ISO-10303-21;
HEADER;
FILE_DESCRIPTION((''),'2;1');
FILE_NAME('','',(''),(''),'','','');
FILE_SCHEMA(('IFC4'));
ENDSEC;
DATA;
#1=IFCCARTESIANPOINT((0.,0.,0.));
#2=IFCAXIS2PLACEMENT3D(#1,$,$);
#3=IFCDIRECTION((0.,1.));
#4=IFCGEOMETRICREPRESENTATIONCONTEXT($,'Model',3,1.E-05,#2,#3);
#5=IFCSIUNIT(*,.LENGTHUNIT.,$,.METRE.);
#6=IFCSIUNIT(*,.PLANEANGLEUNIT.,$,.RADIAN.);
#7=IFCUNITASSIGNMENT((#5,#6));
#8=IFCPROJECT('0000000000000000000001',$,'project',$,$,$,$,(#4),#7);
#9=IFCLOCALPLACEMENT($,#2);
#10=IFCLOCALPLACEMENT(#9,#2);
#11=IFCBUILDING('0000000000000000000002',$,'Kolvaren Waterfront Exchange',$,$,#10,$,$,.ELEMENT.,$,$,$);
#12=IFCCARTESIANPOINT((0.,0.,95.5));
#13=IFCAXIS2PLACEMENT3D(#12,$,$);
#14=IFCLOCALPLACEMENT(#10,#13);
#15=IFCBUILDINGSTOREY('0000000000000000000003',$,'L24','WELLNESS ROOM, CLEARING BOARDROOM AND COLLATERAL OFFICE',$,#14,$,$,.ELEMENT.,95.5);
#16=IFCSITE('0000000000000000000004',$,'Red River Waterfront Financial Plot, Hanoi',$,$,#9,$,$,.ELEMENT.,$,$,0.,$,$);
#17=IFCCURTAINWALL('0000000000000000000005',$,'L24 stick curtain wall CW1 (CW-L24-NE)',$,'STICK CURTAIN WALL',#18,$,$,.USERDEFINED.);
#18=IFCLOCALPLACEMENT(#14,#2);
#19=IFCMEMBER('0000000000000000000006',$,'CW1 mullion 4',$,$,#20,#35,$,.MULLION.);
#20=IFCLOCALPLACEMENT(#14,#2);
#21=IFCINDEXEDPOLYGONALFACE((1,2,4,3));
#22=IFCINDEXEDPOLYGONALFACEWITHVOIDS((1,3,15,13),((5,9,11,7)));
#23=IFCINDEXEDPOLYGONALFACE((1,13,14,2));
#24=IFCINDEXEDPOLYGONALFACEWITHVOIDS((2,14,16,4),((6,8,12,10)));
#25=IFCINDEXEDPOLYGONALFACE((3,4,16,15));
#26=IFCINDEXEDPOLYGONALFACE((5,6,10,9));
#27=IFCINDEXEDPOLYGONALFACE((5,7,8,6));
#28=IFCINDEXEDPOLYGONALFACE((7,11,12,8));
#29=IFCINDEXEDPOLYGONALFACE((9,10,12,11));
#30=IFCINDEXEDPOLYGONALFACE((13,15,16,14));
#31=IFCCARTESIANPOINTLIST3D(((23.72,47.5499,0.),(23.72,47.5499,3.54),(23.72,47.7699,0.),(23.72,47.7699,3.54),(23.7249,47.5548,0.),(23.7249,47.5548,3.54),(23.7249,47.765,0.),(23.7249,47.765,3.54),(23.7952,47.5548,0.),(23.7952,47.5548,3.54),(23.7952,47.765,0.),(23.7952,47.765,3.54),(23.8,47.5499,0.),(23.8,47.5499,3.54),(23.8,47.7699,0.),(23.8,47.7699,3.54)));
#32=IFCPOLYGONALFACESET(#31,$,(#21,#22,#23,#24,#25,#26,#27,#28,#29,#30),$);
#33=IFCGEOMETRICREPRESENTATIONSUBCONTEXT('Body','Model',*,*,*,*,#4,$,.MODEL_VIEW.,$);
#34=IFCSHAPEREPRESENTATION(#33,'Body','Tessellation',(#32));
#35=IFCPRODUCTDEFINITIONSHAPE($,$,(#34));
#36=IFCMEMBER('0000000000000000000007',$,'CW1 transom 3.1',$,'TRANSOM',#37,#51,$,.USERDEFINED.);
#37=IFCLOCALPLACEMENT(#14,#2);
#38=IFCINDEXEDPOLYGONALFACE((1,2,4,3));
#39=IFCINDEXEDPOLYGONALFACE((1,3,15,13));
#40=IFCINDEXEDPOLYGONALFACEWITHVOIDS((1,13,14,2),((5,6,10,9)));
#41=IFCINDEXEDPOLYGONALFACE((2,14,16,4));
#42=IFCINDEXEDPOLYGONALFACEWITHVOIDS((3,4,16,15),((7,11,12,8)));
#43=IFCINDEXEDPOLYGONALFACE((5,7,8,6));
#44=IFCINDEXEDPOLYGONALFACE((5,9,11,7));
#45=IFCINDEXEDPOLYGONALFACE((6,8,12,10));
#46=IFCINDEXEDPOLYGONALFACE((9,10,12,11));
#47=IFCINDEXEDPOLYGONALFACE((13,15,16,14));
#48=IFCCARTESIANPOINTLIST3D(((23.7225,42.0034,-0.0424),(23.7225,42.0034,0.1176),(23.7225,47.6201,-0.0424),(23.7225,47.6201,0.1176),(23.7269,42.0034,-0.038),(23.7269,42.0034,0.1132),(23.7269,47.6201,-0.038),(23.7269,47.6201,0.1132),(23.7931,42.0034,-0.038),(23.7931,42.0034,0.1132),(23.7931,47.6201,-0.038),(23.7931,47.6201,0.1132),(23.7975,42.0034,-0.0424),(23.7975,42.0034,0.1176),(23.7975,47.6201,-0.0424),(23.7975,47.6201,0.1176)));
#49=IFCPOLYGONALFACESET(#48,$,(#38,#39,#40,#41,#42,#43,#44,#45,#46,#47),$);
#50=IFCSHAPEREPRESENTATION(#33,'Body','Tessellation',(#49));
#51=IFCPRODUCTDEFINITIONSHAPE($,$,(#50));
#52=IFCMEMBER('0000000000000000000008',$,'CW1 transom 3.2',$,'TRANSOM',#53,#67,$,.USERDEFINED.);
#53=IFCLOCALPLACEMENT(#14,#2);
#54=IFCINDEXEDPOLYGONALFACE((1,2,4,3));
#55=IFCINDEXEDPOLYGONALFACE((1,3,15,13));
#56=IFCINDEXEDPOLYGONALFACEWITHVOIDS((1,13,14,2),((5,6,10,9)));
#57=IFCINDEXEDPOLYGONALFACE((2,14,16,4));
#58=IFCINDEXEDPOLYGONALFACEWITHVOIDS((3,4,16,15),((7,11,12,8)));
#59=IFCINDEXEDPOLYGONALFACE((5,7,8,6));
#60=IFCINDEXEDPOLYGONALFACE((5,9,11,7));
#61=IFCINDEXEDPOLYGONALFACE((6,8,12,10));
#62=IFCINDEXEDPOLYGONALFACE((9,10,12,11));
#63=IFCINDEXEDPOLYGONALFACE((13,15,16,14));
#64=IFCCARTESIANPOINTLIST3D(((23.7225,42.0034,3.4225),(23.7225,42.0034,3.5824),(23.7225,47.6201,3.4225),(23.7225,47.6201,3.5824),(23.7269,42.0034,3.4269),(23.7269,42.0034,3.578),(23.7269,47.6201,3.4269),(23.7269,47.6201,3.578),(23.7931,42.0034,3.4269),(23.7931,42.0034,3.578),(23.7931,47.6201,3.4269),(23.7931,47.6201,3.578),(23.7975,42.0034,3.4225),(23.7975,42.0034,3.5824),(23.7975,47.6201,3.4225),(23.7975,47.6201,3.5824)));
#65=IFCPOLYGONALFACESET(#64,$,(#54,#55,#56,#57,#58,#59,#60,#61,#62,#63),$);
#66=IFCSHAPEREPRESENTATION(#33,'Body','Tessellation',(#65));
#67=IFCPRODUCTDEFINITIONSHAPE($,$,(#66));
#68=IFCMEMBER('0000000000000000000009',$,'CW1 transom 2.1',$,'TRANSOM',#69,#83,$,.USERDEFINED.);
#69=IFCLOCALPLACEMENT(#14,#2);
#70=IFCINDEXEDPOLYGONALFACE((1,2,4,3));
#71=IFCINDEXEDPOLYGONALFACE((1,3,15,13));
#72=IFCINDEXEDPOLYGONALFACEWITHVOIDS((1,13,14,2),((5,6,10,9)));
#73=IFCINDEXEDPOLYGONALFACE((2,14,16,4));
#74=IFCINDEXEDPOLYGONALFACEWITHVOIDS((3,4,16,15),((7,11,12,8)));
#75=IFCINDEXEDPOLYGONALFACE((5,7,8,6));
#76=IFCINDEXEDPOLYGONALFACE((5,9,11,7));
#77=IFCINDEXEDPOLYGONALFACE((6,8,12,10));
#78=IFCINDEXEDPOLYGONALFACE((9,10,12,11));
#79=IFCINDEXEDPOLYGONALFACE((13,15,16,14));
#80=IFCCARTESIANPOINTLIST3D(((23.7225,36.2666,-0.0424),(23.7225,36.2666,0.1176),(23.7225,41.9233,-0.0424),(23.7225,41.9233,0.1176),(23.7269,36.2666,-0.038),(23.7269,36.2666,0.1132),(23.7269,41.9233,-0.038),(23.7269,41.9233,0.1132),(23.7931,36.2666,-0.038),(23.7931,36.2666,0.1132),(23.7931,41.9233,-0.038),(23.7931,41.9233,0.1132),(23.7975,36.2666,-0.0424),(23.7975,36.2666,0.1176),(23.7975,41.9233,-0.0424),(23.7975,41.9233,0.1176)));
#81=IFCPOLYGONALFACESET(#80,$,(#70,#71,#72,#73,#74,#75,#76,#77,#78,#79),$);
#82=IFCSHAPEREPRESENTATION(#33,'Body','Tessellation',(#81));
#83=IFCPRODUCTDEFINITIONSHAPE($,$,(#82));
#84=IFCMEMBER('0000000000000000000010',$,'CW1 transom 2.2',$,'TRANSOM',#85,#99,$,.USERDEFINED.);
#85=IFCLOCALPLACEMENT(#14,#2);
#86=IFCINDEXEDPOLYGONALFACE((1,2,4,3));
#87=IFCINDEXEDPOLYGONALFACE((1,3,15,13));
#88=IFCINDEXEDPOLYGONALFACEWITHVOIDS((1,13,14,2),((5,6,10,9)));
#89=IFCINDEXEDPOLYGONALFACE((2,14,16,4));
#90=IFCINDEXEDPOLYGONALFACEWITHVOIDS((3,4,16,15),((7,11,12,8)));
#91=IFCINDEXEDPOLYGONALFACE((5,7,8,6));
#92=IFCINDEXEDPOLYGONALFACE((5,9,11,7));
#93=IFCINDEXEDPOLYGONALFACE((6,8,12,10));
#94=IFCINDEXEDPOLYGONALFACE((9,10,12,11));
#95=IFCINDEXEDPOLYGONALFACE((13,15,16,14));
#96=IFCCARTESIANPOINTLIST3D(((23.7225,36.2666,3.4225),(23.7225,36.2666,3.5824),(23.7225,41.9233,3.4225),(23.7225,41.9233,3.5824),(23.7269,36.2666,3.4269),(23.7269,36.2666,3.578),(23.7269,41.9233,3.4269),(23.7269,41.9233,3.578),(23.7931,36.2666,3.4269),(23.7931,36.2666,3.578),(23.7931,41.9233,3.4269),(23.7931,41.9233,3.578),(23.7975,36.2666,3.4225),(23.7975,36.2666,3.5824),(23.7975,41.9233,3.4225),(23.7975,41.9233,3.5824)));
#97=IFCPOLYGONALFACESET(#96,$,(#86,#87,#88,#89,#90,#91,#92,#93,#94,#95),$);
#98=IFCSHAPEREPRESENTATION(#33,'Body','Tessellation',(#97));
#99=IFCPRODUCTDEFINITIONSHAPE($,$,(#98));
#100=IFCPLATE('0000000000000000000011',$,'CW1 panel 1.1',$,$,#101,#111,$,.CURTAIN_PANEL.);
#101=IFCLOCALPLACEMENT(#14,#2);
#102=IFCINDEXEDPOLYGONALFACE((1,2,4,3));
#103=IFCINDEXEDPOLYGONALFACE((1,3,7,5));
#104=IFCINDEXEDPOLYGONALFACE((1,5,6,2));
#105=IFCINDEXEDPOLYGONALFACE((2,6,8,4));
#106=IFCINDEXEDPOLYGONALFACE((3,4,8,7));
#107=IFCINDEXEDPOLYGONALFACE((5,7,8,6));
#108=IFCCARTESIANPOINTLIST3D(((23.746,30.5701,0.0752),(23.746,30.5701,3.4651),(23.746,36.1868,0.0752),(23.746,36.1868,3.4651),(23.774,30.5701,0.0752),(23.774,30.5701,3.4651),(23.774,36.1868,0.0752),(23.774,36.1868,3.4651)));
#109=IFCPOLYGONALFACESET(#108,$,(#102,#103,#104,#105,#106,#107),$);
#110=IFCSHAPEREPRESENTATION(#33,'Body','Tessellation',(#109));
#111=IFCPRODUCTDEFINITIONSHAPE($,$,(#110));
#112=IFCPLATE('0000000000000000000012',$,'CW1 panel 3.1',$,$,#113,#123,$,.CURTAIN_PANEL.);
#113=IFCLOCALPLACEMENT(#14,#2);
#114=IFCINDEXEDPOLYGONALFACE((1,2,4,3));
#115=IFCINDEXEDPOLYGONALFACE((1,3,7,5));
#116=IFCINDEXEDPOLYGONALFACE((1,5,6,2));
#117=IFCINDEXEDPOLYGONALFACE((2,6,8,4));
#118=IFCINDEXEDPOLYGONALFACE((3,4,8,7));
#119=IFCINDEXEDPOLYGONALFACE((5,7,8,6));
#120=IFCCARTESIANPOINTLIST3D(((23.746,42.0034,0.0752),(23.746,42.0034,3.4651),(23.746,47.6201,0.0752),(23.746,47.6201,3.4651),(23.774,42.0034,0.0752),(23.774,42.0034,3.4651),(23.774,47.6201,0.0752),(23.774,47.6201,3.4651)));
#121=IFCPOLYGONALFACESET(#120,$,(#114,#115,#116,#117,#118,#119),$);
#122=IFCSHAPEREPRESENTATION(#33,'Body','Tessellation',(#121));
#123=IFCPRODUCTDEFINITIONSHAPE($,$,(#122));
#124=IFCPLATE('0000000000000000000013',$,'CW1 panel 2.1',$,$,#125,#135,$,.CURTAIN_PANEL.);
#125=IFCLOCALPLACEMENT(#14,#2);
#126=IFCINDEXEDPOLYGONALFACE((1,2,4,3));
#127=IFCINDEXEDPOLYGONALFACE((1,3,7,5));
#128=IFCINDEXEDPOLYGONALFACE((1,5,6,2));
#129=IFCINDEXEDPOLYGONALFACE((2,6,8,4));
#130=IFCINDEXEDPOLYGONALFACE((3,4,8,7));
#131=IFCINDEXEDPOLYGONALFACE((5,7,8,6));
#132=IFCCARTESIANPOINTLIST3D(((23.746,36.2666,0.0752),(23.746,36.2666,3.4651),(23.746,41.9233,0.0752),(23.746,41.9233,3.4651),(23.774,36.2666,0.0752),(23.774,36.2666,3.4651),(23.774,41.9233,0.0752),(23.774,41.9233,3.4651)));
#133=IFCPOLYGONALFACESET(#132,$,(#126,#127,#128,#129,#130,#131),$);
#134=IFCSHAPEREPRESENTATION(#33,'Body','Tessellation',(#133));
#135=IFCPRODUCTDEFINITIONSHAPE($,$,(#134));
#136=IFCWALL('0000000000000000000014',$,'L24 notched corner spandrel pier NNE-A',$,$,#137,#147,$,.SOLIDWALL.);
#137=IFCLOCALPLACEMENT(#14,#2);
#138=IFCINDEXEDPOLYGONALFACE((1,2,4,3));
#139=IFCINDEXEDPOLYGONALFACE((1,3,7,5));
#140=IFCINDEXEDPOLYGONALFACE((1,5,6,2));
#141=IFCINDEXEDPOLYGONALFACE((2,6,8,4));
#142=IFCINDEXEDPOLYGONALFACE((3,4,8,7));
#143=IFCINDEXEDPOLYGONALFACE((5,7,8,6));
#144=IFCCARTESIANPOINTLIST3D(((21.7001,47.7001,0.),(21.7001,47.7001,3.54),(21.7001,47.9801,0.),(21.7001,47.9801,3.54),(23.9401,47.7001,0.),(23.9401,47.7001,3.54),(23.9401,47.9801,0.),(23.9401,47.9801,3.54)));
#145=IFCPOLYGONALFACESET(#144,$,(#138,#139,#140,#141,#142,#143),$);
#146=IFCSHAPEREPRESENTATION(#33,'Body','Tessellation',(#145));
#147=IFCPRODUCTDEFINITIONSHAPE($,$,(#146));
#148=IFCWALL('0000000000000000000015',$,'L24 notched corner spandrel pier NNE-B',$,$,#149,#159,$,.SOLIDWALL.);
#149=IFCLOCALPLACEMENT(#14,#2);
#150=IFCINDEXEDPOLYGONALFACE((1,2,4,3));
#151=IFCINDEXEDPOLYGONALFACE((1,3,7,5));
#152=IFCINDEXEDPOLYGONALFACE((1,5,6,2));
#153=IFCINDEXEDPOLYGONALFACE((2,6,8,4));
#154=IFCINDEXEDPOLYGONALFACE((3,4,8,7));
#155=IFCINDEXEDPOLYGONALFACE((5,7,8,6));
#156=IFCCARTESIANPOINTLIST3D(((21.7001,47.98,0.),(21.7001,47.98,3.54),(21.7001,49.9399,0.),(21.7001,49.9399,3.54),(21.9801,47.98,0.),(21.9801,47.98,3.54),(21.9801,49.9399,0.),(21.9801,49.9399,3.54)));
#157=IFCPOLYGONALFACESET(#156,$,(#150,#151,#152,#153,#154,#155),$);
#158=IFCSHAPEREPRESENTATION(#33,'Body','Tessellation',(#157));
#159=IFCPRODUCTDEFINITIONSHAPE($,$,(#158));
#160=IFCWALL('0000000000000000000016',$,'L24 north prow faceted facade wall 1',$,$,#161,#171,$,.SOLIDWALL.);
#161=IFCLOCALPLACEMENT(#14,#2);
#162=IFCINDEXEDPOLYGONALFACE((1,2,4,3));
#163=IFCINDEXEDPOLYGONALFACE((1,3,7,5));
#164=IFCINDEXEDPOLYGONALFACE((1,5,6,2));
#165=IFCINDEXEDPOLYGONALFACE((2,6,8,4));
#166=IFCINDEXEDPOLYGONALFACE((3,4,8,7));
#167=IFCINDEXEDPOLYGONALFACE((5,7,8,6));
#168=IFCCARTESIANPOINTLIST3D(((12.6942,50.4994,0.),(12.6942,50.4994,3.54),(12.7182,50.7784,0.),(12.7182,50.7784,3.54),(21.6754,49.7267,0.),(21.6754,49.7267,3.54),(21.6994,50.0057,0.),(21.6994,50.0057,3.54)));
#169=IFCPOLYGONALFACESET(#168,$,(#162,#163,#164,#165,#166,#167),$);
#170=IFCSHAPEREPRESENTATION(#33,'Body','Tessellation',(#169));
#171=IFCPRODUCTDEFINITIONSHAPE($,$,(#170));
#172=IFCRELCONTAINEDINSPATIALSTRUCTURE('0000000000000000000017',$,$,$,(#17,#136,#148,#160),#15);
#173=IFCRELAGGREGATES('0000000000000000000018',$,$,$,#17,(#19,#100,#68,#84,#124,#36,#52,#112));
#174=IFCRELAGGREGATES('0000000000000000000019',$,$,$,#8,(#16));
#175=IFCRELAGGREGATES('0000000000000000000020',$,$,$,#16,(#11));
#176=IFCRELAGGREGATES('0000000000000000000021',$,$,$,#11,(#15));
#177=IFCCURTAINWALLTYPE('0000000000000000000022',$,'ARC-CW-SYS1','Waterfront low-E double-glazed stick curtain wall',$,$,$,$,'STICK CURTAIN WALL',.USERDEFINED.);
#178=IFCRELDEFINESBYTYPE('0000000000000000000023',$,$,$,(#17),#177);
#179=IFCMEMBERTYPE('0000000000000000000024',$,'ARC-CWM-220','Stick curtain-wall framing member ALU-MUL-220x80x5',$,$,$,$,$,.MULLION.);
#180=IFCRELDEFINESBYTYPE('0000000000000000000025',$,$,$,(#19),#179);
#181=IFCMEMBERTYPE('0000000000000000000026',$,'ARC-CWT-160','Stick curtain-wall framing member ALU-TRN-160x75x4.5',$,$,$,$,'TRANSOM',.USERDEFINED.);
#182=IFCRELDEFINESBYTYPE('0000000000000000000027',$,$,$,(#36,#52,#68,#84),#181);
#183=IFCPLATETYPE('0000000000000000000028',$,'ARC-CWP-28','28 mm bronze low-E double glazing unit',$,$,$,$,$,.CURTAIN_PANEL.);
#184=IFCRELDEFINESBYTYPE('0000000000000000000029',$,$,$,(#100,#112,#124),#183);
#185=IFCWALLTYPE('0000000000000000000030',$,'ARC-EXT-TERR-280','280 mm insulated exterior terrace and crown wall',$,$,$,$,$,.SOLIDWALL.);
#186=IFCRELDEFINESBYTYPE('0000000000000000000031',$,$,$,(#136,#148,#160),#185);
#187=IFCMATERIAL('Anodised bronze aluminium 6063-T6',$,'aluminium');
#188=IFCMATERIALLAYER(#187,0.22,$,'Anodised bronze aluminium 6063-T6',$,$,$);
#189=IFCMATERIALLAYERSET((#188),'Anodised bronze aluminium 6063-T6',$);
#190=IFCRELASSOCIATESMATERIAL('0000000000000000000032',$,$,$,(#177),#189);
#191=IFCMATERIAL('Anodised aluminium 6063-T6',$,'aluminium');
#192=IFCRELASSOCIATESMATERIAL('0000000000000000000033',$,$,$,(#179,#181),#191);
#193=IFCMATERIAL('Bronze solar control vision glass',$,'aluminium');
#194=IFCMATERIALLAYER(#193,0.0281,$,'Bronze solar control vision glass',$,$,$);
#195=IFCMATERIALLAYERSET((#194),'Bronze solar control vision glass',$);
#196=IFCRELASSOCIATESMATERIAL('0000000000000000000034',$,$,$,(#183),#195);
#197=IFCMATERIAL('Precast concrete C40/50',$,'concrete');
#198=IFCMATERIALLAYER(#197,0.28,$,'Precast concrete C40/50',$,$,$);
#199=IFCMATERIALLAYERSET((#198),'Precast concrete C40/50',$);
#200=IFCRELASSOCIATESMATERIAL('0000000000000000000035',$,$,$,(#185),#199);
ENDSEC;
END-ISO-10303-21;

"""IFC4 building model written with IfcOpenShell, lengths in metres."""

from ifc_helpers import new_model, si_unit, direction, frame, frame_2d, origin, origin_with_axes, origin_2d, place, context, subcontext, project, spatial, rectangle, hollow_rectangle, extrude, source, transform, mapped, material, layer, layer_set, material_profile, profile_set, type_object, element, aggregate, save


model = new_model("IFC4")

# Units and contexts
model_context = context("Model", 3, precision=1e-05, world=origin(), true_north=direction((0.0, 1.0)))
body_context = subcontext(model_context, "Body", "Model", "MODEL_VIEW")
ifc_project = project(units=[si_unit("LENGTHUNIT", "METRE"), si_unit("PLANEANGLEUNIT", "RADIAN")], contexts=[model_context])

# Site, building, storey
site_placement = place(None, origin())
site = spatial("IfcSite", under=ifc_project, at=site_placement, Name="Red River Waterfront Financial Plot, Hanoi", CompositionType="ELEMENT", RefElevation=0.0)
building_placement = place(site_placement, origin())
building = spatial("IfcBuilding", under=site, at=building_placement, Name="Kolvaren Waterfront Exchange", CompositionType="ELEMENT")
storey_placement = place(building_placement, frame((0.0, 0.0, 95.5)))
storey = spatial("IfcBuildingStorey", under=building, at=storey_placement, Name="L24", Description="WELLNESS ROOM, CLEARING BOARDROOM AND COLLATERAL OFFICE", CompositionType="ELEMENT", Elevation=95.5)

# Curtain wall, members, plates
ifc_material_1 = material(Name="Anodised bronze aluminium 6063-T6", Category="aluminium")
ifc_layer_1 = layer(ifc_material_1, 0.22, Name="Anodised bronze aluminium 6063-T6")
ifc_layer_set_1 = layer_set([ifc_layer_1], Name="Anodised bronze aluminium 6063-T6")
curtain_wall_type = type_object("IfcCurtainWallType", Name="ARC-CW-SYS1", Description="Waterfront low-E double-glazed stick curtain wall", ElementType="STICK CURTAIN WALL", PredefinedType="USERDEFINED", material=ifc_layer_set_1)
curtain_wall_placement = place(storey_placement, origin())
curtain_wall = element("IfcCurtainWall", 1, at=curtain_wall_placement, inside=storey, type_object=curtain_wall_type, Name="L24 stick curtain wall CW1 (CW-L24-NE)", ObjectType="STICK CURTAIN WALL", PredefinedType="USERDEFINED")
ifc_material_2 = material(Name="Anodised aluminium 6063-T6", Category="aluminium")
ifc_material_profile_1 = material_profile(ifc_material_2, hollow_rectangle(XDim=0.0801, YDim=0.22, WallThickness=0.0049, at=origin_2d()), Name="ALU-MUL-220x80x5")
ifc_profile_set_1 = profile_set([ifc_material_profile_1], Name="Anodised aluminium 6063-T6")
member_type_1 = type_object("IfcMemberType", Name="ARC-CWM-220", Description="Stick curtain-wall framing member ALU-MUL-220x80x5", PredefinedType="MULLION", material=ifc_profile_set_1)
shared_shape_1 = source(origin_with_axes(), body_context, "Body", "SweptSolid", [
    extrude(hollow_rectangle(XDim=0.0801, YDim=0.22, WallThickness=0.0049, at=origin_2d()), origin(), (0.0, 0.0, 1.0), 3.54),
])
member_1_placement = place(storey_placement, frame((23.76, 47.6599, 0.0), z_axis=(0.0, 0.0, 1.0), x_axis=(-1.0, 0.0, 0.0)))
member_1 = element("IfcMember", 2, at=member_1_placement, type_object=member_type_1, Name="CW1 mullion 4", PredefinedType="MULLION", context=body_context, shape_type="MappedRepresentation", body=[
    mapped(shared_shape_1, transform((0.0, 0.0, 0.0), x_axis=(1.0, 0.0, 0.0), y_axis=(0.0, 1.0, 0.0), z_axis=(0.0, 0.0, 1.0), scale=1.0)),
])
ifc_material_profile_2 = material_profile(ifc_material_2, hollow_rectangle(XDim=0.075, YDim=0.1599, WallThickness=0.0044, at=origin_2d()), Name="ALU-TRN-160x75x4.5")
ifc_profile_set_2 = profile_set([ifc_material_profile_2], Name="Anodised aluminium 6063-T6")
member_type_2 = type_object("IfcMemberType", Name="ARC-CWT-160", Description="Stick curtain-wall framing member ALU-TRN-160x75x4.5", ElementType="TRANSOM", PredefinedType="USERDEFINED", material=ifc_profile_set_2)
shared_shape_2 = source(origin_with_axes(), body_context, "Body", "SweptSolid", [
    extrude(hollow_rectangle(XDim=0.075, YDim=0.1599, WallThickness=0.0044, at=origin_2d()), origin(), (0.0, 0.0, 1.0), 5.6167),
])
member_2_placement = place(storey_placement, frame((23.76, 42.0034, 0.0376), z_axis=(0.0, 1.0, 0.0), x_axis=(-1.0, 0.0, 0.0)))
member_2 = element("IfcMember", 3, at=member_2_placement, type_object=member_type_2, Name="CW1 transom 3.1", ObjectType="TRANSOM", PredefinedType="USERDEFINED", context=body_context, shape_type="MappedRepresentation", body=[
    mapped(shared_shape_2, transform((0.0, 0.0, 0.0), x_axis=(1.0, 0.0, 0.0), y_axis=(0.0, 1.0, 0.0), z_axis=(0.0, 0.0, 1.0), scale=1.0)),
])
member_3_placement = place(storey_placement, frame((23.76, 42.0034, 3.5024), z_axis=(0.0, 1.0, 0.0), x_axis=(-1.0, 0.0, 0.0)))
member_3 = element("IfcMember", 4, at=member_3_placement, type_object=member_type_2, Name="CW1 transom 3.2", ObjectType="TRANSOM", PredefinedType="USERDEFINED", context=body_context, shape_type="MappedRepresentation", body=[
    mapped(shared_shape_2, transform((0.0, 0.0, 0.0), x_axis=(1.0, 0.0, 0.0), y_axis=(0.0, 1.0, 0.0), z_axis=(0.0, 0.0, 1.0), scale=1.0)),
])
shared_shape_3 = source(origin_with_axes(), body_context, "Body", "SweptSolid", [
    extrude(hollow_rectangle(XDim=0.075, YDim=0.1599, WallThickness=0.0044, at=origin_2d()), origin(), (0.0, 0.0, 1.0), 5.6567),
])
member_4_placement = place(storey_placement, frame((23.76, 36.2666, 0.0376), z_axis=(0.0, 1.0, 0.0), x_axis=(-1.0, 0.0, 0.0)))
member_4 = element("IfcMember", 5, at=member_4_placement, type_object=member_type_2, Name="CW1 transom 2.1", ObjectType="TRANSOM", PredefinedType="USERDEFINED", context=body_context, shape_type="MappedRepresentation", body=[
    mapped(shared_shape_3, transform((0.0, 0.0, 0.0), x_axis=(1.0, 0.0, 0.0), y_axis=(0.0, 1.0, 0.0), z_axis=(0.0, 0.0, 1.0), scale=1.0)),
])
member_5_placement = place(storey_placement, frame((23.76, 36.2666, 3.5024), z_axis=(0.0, 1.0, 0.0), x_axis=(-1.0, 0.0, 0.0)))
member_5 = element("IfcMember", 6, at=member_5_placement, type_object=member_type_2, Name="CW1 transom 2.2", ObjectType="TRANSOM", PredefinedType="USERDEFINED", context=body_context, shape_type="MappedRepresentation", body=[
    mapped(shared_shape_3, transform((0.0, 0.0, 0.0), x_axis=(1.0, 0.0, 0.0), y_axis=(0.0, 1.0, 0.0), z_axis=(0.0, 0.0, 1.0), scale=1.0)),
])
ifc_material_3 = material(Name="Bronze solar control vision glass", Category="aluminium")
ifc_layer_2 = layer(ifc_material_3, 0.0281, Name="Bronze solar control vision glass")
ifc_layer_set_2 = layer_set([ifc_layer_2], Name="Bronze solar control vision glass")
plate_type = type_object("IfcPlateType", Name="ARC-CWP-28", Description="28 mm bronze low-E double glazing unit", PredefinedType="CURTAIN_PANEL", material=ifc_layer_set_2)
shared_shape_4 = source(origin_with_axes(), body_context, "Body", "SweptSolid", [
    extrude(rectangle(XDim=5.6167, YDim=0.0281, at=origin_2d()), origin(), (0.0, 0.0, 1.0), 3.3899),
])
plate_1_placement = place(storey_placement, frame((23.76, 33.3784, 0.0752), z_axis=(0.0, 0.0, 1.0), x_axis=(0.0, 1.0, 0.0)))
plate_1 = element("IfcPlate", 7, at=plate_1_placement, type_object=plate_type, Name="CW1 panel 1.1", PredefinedType="CURTAIN_PANEL", context=body_context, shape_type="MappedRepresentation", body=[
    mapped(shared_shape_4, transform((0.0, 0.0, 0.0), x_axis=(1.0, 0.0, 0.0), y_axis=(0.0, 1.0, 0.0), z_axis=(0.0, 0.0, 1.0), scale=1.0)),
])
plate_2_placement = place(storey_placement, frame((23.76, 44.8118, 0.0752), z_axis=(0.0, 0.0, 1.0), x_axis=(0.0, 1.0, 0.0)))
plate_2 = element("IfcPlate", 8, at=plate_2_placement, type_object=plate_type, Name="CW1 panel 3.1", PredefinedType="CURTAIN_PANEL", context=body_context, shape_type="MappedRepresentation", body=[
    mapped(shared_shape_4, transform((0.0, 0.0, 0.0), x_axis=(1.0, 0.0, 0.0), y_axis=(0.0, 1.0, 0.0), z_axis=(0.0, 0.0, 1.0), scale=1.0)),
])
shared_shape_5 = source(origin_with_axes(), body_context, "Body", "SweptSolid", [
    extrude(rectangle(XDim=5.6567, YDim=0.0281, at=origin_2d()), origin(), (0.0, 0.0, 1.0), 3.3899),
])
plate_3_placement = place(storey_placement, frame((23.76, 39.095, 0.0752), z_axis=(0.0, 0.0, 1.0), x_axis=(0.0, 1.0, 0.0)))
plate_3 = element("IfcPlate", 9, at=plate_3_placement, type_object=plate_type, Name="CW1 panel 2.1", PredefinedType="CURTAIN_PANEL", context=body_context, shape_type="MappedRepresentation", body=[
    mapped(shared_shape_5, transform((0.0, 0.0, 0.0), x_axis=(1.0, 0.0, 0.0), y_axis=(0.0, 1.0, 0.0), z_axis=(0.0, 0.0, 1.0), scale=1.0)),
])
aggregate(curtain_wall, [member_1, plate_1, member_4, member_5, plate_3, member_2, member_3, plate_2])

# Walls
ifc_material_4 = material(Name="Precast concrete C40/50", Category="concrete")
ifc_layer_3 = layer(ifc_material_4, 0.28, Name="Precast concrete C40/50")
ifc_layer_set_3 = layer_set([ifc_layer_3], Name="Precast concrete C40/50")
wall_type = type_object("IfcWallType", Name="ARC-EXT-TERR-280", Description="280 mm insulated exterior terrace and crown wall", PredefinedType="SOLIDWALL", material=ifc_layer_set_3)
wall_1_placement = place(storey_placement, frame((21.7, 47.8401, 0.0), z_axis=(0.0, 0.0, 1.0), x_axis=(1.0, 0.0, 0.0)))
element("IfcWall", 10, at=wall_1_placement, inside=storey, type_object=wall_type, Name="L24 notched corner spandrel pier NNE-A", PredefinedType="SOLIDWALL", context=body_context, shape_type="SweptSolid", body=[
    extrude(rectangle(XDim=2.24, YDim=0.28, at=frame_2d((1.1201, 0.0))), origin(), (0.0, 0.0, 1.0), 3.54),
])
wall_2_placement = place(storey_placement, frame((21.8401, 47.98, 0.0), z_axis=(0.0, 0.0, 1.0), x_axis=(0.0, 1.0, 0.0)))
element("IfcWall", 11, at=wall_2_placement, inside=storey, type_object=wall_type, Name="L24 notched corner spandrel pier NNE-B", PredefinedType="SOLIDWALL", context=body_context, shape_type="SweptSolid", body=[
    extrude(rectangle(XDim=1.96, YDim=0.28, at=frame_2d((0.98, 0.0))), origin(), (0.0, 0.0, 1.0), 3.54),
])
wall_3_placement = place(storey_placement, frame((21.6875, 49.8662, 0.0), z_axis=(0.0, 0.0, 1.0), x_axis=(-0.996319, 0.085719, 0.0)))
element("IfcWall", 12, at=wall_3_placement, inside=storey, type_object=wall_type, Name="L24 north prow faceted facade wall 1", PredefinedType="SOLIDWALL", context=body_context, shape_type="SweptSolid", body=[
    extrude(rectangle(XDim=9.0144, YDim=0.28, at=frame_2d((4.5073, 0.0))), origin(), (0.0, 0.0, 1.0), 3.54),
])

save(model, "model.ifc")
